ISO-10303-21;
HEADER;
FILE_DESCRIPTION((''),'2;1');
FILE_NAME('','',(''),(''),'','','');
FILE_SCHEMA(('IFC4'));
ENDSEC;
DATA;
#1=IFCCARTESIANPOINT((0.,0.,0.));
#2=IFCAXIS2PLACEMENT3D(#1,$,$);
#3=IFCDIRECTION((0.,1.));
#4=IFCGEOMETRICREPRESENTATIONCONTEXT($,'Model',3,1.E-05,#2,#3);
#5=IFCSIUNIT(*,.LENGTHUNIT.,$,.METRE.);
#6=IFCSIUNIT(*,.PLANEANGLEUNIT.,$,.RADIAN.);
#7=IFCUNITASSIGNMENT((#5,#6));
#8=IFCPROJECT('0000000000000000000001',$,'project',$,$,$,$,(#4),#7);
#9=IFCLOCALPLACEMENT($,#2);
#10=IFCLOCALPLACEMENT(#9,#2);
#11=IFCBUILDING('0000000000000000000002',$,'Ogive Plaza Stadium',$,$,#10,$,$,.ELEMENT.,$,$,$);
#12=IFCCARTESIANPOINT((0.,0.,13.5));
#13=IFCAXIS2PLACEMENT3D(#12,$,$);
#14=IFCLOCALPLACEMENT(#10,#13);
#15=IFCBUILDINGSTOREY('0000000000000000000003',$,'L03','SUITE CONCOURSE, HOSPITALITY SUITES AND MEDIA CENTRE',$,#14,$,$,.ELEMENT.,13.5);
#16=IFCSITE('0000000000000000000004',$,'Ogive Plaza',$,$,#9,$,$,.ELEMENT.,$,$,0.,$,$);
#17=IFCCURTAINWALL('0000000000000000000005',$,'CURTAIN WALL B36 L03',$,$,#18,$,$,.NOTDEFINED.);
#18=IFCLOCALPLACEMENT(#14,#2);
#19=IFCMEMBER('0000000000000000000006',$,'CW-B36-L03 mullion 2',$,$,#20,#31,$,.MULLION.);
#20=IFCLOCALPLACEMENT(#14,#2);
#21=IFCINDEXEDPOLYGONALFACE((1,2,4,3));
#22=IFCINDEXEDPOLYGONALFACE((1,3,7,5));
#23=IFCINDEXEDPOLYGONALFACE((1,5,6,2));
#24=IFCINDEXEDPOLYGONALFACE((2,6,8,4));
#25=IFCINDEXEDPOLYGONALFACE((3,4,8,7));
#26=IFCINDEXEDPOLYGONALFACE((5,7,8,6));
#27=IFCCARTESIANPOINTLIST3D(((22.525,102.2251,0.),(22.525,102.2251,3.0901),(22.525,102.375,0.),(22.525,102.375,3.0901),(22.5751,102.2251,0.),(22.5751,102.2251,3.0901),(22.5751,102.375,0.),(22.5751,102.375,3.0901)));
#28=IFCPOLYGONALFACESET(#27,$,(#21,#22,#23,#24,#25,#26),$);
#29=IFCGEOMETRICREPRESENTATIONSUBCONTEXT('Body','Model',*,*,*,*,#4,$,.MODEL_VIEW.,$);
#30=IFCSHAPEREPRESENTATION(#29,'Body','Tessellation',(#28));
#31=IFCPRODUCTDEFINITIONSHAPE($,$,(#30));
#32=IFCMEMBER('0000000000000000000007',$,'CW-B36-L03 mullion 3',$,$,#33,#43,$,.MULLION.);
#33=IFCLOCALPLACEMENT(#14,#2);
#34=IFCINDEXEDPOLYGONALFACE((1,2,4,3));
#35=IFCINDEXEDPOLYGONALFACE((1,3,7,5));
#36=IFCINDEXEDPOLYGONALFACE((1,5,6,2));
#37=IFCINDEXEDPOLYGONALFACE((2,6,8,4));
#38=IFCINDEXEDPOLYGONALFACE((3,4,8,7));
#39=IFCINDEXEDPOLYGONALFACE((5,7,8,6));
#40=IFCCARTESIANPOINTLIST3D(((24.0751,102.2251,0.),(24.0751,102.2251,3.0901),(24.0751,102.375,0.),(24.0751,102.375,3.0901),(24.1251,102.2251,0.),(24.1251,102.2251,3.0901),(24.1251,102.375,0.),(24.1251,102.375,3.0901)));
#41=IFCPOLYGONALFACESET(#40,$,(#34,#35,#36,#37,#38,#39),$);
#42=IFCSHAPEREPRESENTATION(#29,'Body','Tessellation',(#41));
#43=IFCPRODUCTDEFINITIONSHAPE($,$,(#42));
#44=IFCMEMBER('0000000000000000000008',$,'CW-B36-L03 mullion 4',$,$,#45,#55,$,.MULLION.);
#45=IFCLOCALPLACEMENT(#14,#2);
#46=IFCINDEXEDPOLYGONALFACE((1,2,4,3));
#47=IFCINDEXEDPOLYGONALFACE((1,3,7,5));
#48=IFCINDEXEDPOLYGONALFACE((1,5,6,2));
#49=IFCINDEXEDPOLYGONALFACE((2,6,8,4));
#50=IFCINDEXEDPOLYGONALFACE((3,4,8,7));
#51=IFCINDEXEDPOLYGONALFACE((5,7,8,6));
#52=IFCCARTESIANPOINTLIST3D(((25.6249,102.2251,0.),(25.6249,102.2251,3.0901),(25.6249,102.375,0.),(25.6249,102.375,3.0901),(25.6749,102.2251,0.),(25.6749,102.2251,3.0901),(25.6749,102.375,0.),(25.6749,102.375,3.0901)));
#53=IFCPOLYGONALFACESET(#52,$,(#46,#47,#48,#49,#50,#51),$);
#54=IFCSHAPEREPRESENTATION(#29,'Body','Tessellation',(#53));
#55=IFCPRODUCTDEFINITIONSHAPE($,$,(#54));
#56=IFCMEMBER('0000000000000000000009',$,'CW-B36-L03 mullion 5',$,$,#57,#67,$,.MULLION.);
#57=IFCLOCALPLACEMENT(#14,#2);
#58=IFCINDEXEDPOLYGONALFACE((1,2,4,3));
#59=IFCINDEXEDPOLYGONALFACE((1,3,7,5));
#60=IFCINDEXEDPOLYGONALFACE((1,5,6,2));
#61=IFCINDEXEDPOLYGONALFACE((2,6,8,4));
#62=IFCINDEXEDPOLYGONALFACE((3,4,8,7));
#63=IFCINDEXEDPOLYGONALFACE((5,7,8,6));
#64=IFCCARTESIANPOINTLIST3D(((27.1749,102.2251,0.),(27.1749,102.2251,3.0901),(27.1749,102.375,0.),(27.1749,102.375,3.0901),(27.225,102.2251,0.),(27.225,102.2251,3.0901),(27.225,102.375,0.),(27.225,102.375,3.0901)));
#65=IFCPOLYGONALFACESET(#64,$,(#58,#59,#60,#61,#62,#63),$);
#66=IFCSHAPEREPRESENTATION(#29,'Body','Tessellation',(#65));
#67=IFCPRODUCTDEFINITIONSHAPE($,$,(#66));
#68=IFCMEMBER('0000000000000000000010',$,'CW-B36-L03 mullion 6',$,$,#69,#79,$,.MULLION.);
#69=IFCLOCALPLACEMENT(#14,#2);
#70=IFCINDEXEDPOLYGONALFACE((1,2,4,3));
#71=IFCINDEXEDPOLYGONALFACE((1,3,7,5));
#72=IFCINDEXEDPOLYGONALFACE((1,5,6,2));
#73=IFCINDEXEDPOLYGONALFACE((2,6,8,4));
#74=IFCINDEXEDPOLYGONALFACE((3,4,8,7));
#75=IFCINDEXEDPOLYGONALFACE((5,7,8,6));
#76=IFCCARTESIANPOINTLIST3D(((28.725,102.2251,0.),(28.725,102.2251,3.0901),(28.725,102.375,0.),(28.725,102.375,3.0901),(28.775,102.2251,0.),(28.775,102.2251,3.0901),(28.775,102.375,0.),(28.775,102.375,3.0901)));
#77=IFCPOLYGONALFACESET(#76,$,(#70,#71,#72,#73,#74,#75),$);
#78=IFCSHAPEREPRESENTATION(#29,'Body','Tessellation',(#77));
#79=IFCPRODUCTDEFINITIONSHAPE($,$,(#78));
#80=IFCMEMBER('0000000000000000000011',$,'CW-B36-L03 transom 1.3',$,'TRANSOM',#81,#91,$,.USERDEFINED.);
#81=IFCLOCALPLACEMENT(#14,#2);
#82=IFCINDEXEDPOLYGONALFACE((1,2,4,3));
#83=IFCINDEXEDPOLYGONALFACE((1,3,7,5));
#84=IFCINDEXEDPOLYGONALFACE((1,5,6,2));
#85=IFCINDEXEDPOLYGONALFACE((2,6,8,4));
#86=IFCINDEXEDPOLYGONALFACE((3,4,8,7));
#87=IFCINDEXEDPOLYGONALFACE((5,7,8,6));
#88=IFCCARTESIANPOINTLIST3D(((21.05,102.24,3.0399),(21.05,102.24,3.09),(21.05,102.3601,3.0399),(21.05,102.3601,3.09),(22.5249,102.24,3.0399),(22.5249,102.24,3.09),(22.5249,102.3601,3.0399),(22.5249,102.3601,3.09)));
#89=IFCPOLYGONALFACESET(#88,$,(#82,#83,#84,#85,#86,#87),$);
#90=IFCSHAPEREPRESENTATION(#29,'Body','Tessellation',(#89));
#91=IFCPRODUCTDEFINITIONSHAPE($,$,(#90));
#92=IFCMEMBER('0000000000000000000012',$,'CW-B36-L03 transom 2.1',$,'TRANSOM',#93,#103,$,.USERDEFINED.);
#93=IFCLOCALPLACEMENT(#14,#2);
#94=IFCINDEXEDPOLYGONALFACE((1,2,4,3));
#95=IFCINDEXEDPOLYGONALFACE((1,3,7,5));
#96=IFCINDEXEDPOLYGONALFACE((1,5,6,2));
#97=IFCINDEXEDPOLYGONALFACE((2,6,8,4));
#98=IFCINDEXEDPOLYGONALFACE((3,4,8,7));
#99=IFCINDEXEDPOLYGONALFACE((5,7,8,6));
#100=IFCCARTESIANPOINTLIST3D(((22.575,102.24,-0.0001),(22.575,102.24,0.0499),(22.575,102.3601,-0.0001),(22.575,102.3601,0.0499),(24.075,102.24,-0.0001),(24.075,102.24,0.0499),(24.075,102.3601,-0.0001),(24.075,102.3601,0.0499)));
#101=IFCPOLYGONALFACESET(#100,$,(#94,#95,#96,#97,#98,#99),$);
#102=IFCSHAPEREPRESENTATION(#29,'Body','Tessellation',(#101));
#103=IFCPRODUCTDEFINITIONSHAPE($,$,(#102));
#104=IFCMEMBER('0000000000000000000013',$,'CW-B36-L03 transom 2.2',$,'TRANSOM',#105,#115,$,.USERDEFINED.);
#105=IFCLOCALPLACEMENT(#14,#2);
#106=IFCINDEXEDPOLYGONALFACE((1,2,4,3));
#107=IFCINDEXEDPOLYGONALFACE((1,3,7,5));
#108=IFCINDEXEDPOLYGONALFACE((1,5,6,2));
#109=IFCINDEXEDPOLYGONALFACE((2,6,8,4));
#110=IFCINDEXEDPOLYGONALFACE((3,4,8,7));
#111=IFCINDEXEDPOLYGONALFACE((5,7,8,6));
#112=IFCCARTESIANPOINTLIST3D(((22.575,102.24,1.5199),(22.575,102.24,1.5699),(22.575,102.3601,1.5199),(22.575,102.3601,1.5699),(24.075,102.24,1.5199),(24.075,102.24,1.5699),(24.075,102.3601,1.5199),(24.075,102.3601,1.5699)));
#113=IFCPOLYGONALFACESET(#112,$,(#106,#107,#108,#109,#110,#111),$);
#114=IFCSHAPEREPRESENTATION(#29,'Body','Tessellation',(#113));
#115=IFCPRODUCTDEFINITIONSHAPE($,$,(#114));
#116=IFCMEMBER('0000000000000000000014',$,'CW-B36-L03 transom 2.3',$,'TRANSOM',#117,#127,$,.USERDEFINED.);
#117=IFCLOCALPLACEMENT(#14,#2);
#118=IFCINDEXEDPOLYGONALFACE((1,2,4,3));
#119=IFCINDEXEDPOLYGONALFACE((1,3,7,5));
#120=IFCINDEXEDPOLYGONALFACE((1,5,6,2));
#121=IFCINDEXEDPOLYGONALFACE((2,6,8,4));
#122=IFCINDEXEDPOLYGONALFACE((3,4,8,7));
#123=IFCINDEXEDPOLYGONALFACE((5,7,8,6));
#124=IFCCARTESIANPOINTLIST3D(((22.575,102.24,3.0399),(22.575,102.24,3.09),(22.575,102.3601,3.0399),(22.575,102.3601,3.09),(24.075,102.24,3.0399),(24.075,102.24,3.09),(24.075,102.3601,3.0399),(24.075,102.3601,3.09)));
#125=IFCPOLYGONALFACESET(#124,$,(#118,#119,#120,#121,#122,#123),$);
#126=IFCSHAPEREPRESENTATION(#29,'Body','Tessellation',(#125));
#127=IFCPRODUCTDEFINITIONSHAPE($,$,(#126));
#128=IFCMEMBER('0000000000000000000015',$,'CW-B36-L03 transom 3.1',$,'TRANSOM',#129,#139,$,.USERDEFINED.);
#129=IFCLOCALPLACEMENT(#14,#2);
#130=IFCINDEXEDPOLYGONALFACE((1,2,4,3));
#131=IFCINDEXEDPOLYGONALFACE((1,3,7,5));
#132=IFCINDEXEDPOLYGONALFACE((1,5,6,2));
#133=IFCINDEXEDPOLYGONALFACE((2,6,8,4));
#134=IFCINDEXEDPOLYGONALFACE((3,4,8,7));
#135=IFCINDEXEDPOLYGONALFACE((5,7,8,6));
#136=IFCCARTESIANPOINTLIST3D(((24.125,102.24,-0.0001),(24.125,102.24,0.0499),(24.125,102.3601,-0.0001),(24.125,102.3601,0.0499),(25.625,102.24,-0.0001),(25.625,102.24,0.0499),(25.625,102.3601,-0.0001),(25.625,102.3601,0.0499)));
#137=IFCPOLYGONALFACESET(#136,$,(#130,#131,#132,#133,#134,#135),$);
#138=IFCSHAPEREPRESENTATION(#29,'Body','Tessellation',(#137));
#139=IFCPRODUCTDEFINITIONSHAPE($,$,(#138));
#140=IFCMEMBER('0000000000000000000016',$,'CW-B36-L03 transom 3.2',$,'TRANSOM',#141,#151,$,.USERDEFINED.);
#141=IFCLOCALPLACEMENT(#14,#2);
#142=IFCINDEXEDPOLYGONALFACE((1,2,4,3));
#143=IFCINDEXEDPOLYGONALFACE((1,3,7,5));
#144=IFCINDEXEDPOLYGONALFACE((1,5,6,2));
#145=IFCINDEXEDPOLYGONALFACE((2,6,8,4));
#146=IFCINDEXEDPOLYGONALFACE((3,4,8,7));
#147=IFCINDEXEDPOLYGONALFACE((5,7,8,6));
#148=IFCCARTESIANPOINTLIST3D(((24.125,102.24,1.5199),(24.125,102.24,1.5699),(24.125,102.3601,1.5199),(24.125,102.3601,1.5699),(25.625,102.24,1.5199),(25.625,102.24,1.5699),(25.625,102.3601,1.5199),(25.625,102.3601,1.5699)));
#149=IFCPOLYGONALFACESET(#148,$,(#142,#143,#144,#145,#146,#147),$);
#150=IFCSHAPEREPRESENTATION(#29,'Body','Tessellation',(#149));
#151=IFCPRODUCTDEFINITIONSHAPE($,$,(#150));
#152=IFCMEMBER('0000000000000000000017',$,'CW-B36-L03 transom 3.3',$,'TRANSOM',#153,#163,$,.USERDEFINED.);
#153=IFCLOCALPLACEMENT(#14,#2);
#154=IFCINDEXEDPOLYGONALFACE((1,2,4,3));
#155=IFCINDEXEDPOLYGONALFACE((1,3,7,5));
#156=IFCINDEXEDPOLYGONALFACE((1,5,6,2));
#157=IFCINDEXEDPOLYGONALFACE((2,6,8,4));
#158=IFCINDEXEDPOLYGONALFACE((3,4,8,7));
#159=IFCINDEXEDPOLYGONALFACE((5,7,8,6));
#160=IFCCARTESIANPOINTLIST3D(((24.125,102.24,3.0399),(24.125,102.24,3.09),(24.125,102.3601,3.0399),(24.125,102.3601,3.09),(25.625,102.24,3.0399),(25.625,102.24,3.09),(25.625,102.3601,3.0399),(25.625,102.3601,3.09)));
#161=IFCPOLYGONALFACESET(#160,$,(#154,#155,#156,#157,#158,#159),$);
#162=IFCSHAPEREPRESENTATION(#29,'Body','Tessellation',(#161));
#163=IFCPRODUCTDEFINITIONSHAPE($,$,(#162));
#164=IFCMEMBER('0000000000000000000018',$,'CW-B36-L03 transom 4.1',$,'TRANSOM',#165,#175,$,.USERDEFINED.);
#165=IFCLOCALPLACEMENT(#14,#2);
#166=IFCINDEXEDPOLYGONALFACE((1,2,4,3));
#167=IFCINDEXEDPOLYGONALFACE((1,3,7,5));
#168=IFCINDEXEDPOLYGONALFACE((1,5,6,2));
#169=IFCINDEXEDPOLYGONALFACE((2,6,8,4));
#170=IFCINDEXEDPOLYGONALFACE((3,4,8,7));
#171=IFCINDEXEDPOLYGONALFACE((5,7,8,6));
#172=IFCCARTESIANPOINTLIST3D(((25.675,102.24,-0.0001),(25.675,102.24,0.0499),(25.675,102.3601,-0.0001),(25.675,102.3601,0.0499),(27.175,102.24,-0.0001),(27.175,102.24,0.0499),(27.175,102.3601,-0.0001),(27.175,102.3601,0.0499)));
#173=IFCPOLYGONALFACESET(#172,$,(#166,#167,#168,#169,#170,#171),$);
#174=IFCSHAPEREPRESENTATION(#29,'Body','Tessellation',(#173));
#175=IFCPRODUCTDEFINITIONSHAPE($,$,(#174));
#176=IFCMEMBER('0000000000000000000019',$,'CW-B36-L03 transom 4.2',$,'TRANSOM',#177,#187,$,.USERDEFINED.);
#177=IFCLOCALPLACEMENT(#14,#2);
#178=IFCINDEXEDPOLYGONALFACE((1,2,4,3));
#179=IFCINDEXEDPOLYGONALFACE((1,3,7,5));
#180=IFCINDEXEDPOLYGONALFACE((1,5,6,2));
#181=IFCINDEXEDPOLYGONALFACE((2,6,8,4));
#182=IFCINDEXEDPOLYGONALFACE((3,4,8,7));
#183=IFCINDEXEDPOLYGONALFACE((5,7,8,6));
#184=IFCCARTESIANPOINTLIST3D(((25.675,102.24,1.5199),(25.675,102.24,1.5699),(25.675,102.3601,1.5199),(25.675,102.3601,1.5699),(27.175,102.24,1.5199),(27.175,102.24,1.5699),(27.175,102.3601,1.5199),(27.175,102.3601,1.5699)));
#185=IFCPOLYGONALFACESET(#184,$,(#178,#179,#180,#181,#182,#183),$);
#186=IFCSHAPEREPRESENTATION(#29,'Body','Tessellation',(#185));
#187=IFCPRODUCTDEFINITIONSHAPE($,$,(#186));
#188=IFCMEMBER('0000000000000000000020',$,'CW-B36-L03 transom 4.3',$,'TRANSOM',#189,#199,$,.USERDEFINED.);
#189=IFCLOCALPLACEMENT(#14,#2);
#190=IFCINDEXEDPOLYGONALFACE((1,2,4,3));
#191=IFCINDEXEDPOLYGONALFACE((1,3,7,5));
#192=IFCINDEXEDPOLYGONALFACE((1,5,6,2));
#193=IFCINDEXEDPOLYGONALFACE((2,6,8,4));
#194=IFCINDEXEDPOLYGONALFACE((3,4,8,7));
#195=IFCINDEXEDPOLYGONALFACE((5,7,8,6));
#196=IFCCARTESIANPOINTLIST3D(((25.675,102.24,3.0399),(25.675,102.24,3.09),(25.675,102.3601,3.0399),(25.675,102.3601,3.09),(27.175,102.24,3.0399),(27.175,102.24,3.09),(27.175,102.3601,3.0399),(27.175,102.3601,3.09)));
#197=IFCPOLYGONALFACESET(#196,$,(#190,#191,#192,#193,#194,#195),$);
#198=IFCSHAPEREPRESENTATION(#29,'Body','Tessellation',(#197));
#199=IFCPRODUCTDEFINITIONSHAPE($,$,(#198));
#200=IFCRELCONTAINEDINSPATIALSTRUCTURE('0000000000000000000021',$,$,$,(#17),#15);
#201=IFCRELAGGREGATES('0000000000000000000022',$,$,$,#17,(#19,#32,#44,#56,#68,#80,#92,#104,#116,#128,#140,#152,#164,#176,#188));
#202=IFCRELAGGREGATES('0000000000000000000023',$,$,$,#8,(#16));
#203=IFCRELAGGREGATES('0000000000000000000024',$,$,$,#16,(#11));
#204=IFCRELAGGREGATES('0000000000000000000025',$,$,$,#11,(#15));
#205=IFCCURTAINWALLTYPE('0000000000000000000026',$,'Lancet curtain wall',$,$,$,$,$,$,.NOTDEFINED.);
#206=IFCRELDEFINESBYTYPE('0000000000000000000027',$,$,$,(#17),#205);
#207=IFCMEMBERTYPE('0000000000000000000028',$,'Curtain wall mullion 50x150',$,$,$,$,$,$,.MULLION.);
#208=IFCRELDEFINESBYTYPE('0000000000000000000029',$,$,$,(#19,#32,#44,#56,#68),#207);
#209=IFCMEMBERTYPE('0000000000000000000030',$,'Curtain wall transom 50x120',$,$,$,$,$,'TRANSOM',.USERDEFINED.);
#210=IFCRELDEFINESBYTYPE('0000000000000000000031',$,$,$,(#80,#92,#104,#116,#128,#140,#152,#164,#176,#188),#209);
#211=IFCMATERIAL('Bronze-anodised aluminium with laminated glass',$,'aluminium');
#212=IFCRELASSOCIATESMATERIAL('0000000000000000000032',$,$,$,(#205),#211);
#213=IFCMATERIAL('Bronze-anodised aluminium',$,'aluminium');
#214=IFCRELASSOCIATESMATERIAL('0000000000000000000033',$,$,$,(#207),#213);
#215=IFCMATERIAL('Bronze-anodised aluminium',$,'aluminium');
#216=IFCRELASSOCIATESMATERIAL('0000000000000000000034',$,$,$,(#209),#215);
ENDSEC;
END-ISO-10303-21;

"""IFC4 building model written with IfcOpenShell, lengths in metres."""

from ifc_helpers import new_model, si_unit, direction, frame, origin, origin_2d, place, context, subcontext, project, spatial, rectangle, extrude, material, material_profile, profile_set, type_object, element, aggregate, save


model = new_model("IFC4")

# Units and contexts
model_context = context("Model", 3, precision=1e-05, world=origin(), true_north=direction((0.0, 1.0)))
body_context = subcontext(model_context, "Body", "Model", "MODEL_VIEW")
ifc_project = project(units=[si_unit("LENGTHUNIT", "METRE"), si_unit("PLANEANGLEUNIT", "RADIAN")], contexts=[model_context])

# Site, building, storey
site_placement = place(None, origin())
site = spatial("IfcSite", under=ifc_project, at=site_placement, Name="Ogive Plaza", CompositionType="ELEMENT", RefElevation=0.0)
building_placement = place(site_placement, origin())
building = spatial("IfcBuilding", under=site, at=building_placement, Name="Ogive Plaza Stadium", CompositionType="ELEMENT")
storey_placement = place(building_placement, frame((0.0, 0.0, 13.5)))
storey = spatial("IfcBuildingStorey", under=building, at=storey_placement, Name="L03", Description="SUITE CONCOURSE, HOSPITALITY SUITES AND MEDIA CENTRE", CompositionType="ELEMENT", Elevation=13.5)

# Curtain wall, members
ifc_material_1 = material(Name="Bronze-anodised aluminium with laminated glass", Category="aluminium")
curtain_wall_type = type_object("IfcCurtainWallType", Name="Lancet curtain wall", PredefinedType="NOTDEFINED", material=ifc_material_1)
curtain_wall_placement = place(storey_placement, origin())
curtain_wall = element("IfcCurtainWall", 1, at=curtain_wall_placement, inside=storey, type_object=curtain_wall_type, Name="CURTAIN WALL B36 L03", PredefinedType="NOTDEFINED")
ifc_material_2 = material(Name="Bronze-anodised aluminium", Category="aluminium")
ifc_material_profile_1 = material_profile(ifc_material_2, rectangle(XDim=0.1499, YDim=0.05, at=origin_2d()), Name="AL 150x50")
ifc_profile_set_1 = profile_set([ifc_material_profile_1], Name="Bronze-anodised aluminium")
member_type_1 = type_object("IfcMemberType", Name="Curtain wall mullion 50x150", PredefinedType="MULLION", material=ifc_profile_set_1)
member_1_placement = place(storey_placement, frame((22.55, 102.3, 0.0), z_axis=(0.0, 0.0, 1.0), x_axis=(0.0, 1.0, 0.0)))
member_1 = element("IfcMember", 2, at=member_1_placement, type_object=member_type_1, Name="CW-B36-L03 mullion 2", PredefinedType="MULLION", context=body_context, shape_type="SweptSolid", body=[
    extrude(rectangle(XDim=0.1499, YDim=0.05, at=origin_2d()), origin(), (0.0, 0.0, 1.0), 3.0901),
])
member_2_placement = place(storey_placement, frame((24.1001, 102.3, 0.0), z_axis=(0.0, 0.0, 1.0), x_axis=(0.0, 1.0, 0.0)))
member_2 = element("IfcMember", 3, at=member_2_placement, type_object=member_type_1, Name="CW-B36-L03 mullion 3", PredefinedType="MULLION", context=body_context, shape_type="SweptSolid", body=[
    extrude(rectangle(XDim=0.1499, YDim=0.05, at=origin_2d()), origin(), (0.0, 0.0, 1.0), 3.0901),
])
member_3_placement = place(storey_placement, frame((25.6499, 102.3, 0.0), z_axis=(0.0, 0.0, 1.0), x_axis=(0.0, 1.0, 0.0)))
member_3 = element("IfcMember", 4, at=member_3_placement, type_object=member_type_1, Name="CW-B36-L03 mullion 4", PredefinedType="MULLION", context=body_context, shape_type="SweptSolid", body=[
    extrude(rectangle(XDim=0.1499, YDim=0.05, at=origin_2d()), origin(), (0.0, 0.0, 1.0), 3.0901),
])
member_4_placement = place(storey_placement, frame((27.2, 102.3, 0.0), z_axis=(0.0, 0.0, 1.0), x_axis=(0.0, 1.0, 0.0)))
member_4 = element("IfcMember", 5, at=member_4_placement, type_object=member_type_1, Name="CW-B36-L03 mullion 5", PredefinedType="MULLION", context=body_context, shape_type="SweptSolid", body=[
    extrude(rectangle(XDim=0.1499, YDim=0.05, at=origin_2d()), origin(), (0.0, 0.0, 1.0), 3.0901),
])
member_5_placement = place(storey_placement, frame((28.75, 102.3, 0.0), z_axis=(0.0, 0.0, 1.0), x_axis=(0.0, 1.0, 0.0)))
member_5 = element("IfcMember", 6, at=member_5_placement, type_object=member_type_1, Name="CW-B36-L03 mullion 6", PredefinedType="MULLION", context=body_context, shape_type="SweptSolid", body=[
    extrude(rectangle(XDim=0.1499, YDim=0.05, at=origin_2d()), origin(), (0.0, 0.0, 1.0), 3.0901),
])
ifc_material_3 = material(Name="Bronze-anodised aluminium", Category="aluminium")
ifc_material_profile_2 = material_profile(ifc_material_3, rectangle(XDim=0.1201, YDim=0.05, at=origin_2d()), Name="AL 120x50")
ifc_profile_set_2 = profile_set([ifc_material_profile_2], Name="Bronze-anodised aluminium")
member_type_2 = type_object("IfcMemberType", Name="Curtain wall transom 50x120", ElementType="TRANSOM", PredefinedType="USERDEFINED", material=ifc_profile_set_2)
member_6_placement = place(storey_placement, frame((21.05, 102.3, 3.0649), z_axis=(1.0, 0.0, 0.0), x_axis=(0.0, 1.0, 0.0)))
member_6 = element("IfcMember", 7, at=member_6_placement, type_object=member_type_2, Name="CW-B36-L03 transom 1.3", ObjectType="TRANSOM", PredefinedType="USERDEFINED", context=body_context, shape_type="SweptSolid", body=[
    extrude(rectangle(XDim=0.1201, YDim=0.05, at=origin_2d()), origin(), (0.0, 0.0, 1.0), 1.4749),
])
member_7_placement = place(storey_placement, frame((22.575, 102.3, 0.0249), z_axis=(1.0, 0.0, 0.0), x_axis=(0.0, 1.0, 0.0)))
member_7 = element("IfcMember", 8, at=member_7_placement, type_object=member_type_2, Name="CW-B36-L03 transom 2.1", ObjectType="TRANSOM", PredefinedType="USERDEFINED", context=body_context, shape_type="SweptSolid", body=[
    extrude(rectangle(XDim=0.1201, YDim=0.05, at=origin_2d()), origin(), (0.0, 0.0, 1.0), 1.5),
])
member_8_placement = place(storey_placement, frame((22.575, 102.3, 1.5449), z_axis=(1.0, 0.0, 0.0), x_axis=(0.0, 1.0, 0.0)))
member_8 = element("IfcMember", 9, at=member_8_placement, type_object=member_type_2, Name="CW-B36-L03 transom 2.2", ObjectType="TRANSOM", PredefinedType="USERDEFINED", context=body_context, shape_type="SweptSolid", body=[
    extrude(rectangle(XDim=0.1201, YDim=0.05, at=origin_2d()), origin(), (0.0, 0.0, 1.0), 1.5),
])
member_9_placement = place(storey_placement, frame((22.575, 102.3, 3.0649), z_axis=(1.0, 0.0, 0.0), x_axis=(0.0, 1.0, 0.0)))
member_9 = element("IfcMember", 10, at=member_9_placement, type_object=member_type_2, Name="CW-B36-L03 transom 2.3", ObjectType="TRANSOM", PredefinedType="USERDEFINED", context=body_context, shape_type="SweptSolid", body=[
    extrude(rectangle(XDim=0.1201, YDim=0.05, at=origin_2d()), origin(), (0.0, 0.0, 1.0), 1.5),
])
member_10_placement = place(storey_placement, frame((24.125, 102.3, 0.0249), z_axis=(1.0, 0.0, 0.0), x_axis=(0.0, 1.0, 0.0)))
member_10 = element("IfcMember", 11, at=member_10_placement, type_object=member_type_2, Name="CW-B36-L03 transom 3.1", ObjectType="TRANSOM", PredefinedType="USERDEFINED", context=body_context, shape_type="SweptSolid", body=[
    extrude(rectangle(XDim=0.1201, YDim=0.05, at=origin_2d()), origin(), (0.0, 0.0, 1.0), 1.5),
])
member_11_placement = place(storey_placement, frame((24.125, 102.3, 1.5449), z_axis=(1.0, 0.0, 0.0), x_axis=(0.0, 1.0, 0.0)))
member_11 = element("IfcMember", 12, at=member_11_placement, type_object=member_type_2, Name="CW-B36-L03 transom 3.2", ObjectType="TRANSOM", PredefinedType="USERDEFINED", context=body_context, shape_type="SweptSolid", body=[
    extrude(rectangle(XDim=0.1201, YDim=0.05, at=origin_2d()), origin(), (0.0, 0.0, 1.0), 1.5),
])
member_12_placement = place(storey_placement, frame((24.125, 102.3, 3.0649), z_axis=(1.0, 0.0, 0.0), x_axis=(0.0, 1.0, 0.0)))
member_12 = element("IfcMember", 13, at=member_12_placement, type_object=member_type_2, Name="CW-B36-L03 transom 3.3", ObjectType="TRANSOM", PredefinedType="USERDEFINED", context=body_context, shape_type="SweptSolid", body=[
    extrude(rectangle(XDim=0.1201, YDim=0.05, at=origin_2d()), origin(), (0.0, 0.0, 1.0), 1.5),
])
member_13_placement = place(storey_placement, frame((25.675, 102.3, 0.0249), z_axis=(1.0, 0.0, 0.0), x_axis=(0.0, 1.0, 0.0)))
member_13 = element("IfcMember", 14, at=member_13_placement, type_object=member_type_2, Name="CW-B36-L03 transom 4.1", ObjectType="TRANSOM", PredefinedType="USERDEFINED", context=body_context, shape_type="SweptSolid", body=[
    extrude(rectangle(XDim=0.1201, YDim=0.05, at=origin_2d()), origin(), (0.0, 0.0, 1.0), 1.5),
])
member_14_placement = place(storey_placement, frame((25.675, 102.3, 1.5449), z_axis=(1.0, 0.0, 0.0), x_axis=(0.0, 1.0, 0.0)))
member_14 = element("IfcMember", 15, at=member_14_placement, type_object=member_type_2, Name="CW-B36-L03 transom 4.2", ObjectType="TRANSOM", PredefinedType="USERDEFINED", context=body_context, shape_type="SweptSolid", body=[
    extrude(rectangle(XDim=0.1201, YDim=0.05, at=origin_2d()), origin(), (0.0, 0.0, 1.0), 1.5),
])
member_15_placement = place(storey_placement, frame((25.675, 102.3, 3.0649), z_axis=(1.0, 0.0, 0.0), x_axis=(0.0, 1.0, 0.0)))
member_15 = element("IfcMember", 16, at=member_15_placement, type_object=member_type_2, Name="CW-B36-L03 transom 4.3", ObjectType="TRANSOM", PredefinedType="USERDEFINED", context=body_context, shape_type="SweptSolid", body=[
    extrude(rectangle(XDim=0.1201, YDim=0.05, at=origin_2d()), origin(), (0.0, 0.0, 1.0), 1.5),
])
aggregate(curtain_wall, [member_1, member_2, member_3, member_4, member_5, member_6, member_7, member_8, member_9, member_10, member_11, member_12, member_13, member_14, member_15])

save(model, "model.ifc")
